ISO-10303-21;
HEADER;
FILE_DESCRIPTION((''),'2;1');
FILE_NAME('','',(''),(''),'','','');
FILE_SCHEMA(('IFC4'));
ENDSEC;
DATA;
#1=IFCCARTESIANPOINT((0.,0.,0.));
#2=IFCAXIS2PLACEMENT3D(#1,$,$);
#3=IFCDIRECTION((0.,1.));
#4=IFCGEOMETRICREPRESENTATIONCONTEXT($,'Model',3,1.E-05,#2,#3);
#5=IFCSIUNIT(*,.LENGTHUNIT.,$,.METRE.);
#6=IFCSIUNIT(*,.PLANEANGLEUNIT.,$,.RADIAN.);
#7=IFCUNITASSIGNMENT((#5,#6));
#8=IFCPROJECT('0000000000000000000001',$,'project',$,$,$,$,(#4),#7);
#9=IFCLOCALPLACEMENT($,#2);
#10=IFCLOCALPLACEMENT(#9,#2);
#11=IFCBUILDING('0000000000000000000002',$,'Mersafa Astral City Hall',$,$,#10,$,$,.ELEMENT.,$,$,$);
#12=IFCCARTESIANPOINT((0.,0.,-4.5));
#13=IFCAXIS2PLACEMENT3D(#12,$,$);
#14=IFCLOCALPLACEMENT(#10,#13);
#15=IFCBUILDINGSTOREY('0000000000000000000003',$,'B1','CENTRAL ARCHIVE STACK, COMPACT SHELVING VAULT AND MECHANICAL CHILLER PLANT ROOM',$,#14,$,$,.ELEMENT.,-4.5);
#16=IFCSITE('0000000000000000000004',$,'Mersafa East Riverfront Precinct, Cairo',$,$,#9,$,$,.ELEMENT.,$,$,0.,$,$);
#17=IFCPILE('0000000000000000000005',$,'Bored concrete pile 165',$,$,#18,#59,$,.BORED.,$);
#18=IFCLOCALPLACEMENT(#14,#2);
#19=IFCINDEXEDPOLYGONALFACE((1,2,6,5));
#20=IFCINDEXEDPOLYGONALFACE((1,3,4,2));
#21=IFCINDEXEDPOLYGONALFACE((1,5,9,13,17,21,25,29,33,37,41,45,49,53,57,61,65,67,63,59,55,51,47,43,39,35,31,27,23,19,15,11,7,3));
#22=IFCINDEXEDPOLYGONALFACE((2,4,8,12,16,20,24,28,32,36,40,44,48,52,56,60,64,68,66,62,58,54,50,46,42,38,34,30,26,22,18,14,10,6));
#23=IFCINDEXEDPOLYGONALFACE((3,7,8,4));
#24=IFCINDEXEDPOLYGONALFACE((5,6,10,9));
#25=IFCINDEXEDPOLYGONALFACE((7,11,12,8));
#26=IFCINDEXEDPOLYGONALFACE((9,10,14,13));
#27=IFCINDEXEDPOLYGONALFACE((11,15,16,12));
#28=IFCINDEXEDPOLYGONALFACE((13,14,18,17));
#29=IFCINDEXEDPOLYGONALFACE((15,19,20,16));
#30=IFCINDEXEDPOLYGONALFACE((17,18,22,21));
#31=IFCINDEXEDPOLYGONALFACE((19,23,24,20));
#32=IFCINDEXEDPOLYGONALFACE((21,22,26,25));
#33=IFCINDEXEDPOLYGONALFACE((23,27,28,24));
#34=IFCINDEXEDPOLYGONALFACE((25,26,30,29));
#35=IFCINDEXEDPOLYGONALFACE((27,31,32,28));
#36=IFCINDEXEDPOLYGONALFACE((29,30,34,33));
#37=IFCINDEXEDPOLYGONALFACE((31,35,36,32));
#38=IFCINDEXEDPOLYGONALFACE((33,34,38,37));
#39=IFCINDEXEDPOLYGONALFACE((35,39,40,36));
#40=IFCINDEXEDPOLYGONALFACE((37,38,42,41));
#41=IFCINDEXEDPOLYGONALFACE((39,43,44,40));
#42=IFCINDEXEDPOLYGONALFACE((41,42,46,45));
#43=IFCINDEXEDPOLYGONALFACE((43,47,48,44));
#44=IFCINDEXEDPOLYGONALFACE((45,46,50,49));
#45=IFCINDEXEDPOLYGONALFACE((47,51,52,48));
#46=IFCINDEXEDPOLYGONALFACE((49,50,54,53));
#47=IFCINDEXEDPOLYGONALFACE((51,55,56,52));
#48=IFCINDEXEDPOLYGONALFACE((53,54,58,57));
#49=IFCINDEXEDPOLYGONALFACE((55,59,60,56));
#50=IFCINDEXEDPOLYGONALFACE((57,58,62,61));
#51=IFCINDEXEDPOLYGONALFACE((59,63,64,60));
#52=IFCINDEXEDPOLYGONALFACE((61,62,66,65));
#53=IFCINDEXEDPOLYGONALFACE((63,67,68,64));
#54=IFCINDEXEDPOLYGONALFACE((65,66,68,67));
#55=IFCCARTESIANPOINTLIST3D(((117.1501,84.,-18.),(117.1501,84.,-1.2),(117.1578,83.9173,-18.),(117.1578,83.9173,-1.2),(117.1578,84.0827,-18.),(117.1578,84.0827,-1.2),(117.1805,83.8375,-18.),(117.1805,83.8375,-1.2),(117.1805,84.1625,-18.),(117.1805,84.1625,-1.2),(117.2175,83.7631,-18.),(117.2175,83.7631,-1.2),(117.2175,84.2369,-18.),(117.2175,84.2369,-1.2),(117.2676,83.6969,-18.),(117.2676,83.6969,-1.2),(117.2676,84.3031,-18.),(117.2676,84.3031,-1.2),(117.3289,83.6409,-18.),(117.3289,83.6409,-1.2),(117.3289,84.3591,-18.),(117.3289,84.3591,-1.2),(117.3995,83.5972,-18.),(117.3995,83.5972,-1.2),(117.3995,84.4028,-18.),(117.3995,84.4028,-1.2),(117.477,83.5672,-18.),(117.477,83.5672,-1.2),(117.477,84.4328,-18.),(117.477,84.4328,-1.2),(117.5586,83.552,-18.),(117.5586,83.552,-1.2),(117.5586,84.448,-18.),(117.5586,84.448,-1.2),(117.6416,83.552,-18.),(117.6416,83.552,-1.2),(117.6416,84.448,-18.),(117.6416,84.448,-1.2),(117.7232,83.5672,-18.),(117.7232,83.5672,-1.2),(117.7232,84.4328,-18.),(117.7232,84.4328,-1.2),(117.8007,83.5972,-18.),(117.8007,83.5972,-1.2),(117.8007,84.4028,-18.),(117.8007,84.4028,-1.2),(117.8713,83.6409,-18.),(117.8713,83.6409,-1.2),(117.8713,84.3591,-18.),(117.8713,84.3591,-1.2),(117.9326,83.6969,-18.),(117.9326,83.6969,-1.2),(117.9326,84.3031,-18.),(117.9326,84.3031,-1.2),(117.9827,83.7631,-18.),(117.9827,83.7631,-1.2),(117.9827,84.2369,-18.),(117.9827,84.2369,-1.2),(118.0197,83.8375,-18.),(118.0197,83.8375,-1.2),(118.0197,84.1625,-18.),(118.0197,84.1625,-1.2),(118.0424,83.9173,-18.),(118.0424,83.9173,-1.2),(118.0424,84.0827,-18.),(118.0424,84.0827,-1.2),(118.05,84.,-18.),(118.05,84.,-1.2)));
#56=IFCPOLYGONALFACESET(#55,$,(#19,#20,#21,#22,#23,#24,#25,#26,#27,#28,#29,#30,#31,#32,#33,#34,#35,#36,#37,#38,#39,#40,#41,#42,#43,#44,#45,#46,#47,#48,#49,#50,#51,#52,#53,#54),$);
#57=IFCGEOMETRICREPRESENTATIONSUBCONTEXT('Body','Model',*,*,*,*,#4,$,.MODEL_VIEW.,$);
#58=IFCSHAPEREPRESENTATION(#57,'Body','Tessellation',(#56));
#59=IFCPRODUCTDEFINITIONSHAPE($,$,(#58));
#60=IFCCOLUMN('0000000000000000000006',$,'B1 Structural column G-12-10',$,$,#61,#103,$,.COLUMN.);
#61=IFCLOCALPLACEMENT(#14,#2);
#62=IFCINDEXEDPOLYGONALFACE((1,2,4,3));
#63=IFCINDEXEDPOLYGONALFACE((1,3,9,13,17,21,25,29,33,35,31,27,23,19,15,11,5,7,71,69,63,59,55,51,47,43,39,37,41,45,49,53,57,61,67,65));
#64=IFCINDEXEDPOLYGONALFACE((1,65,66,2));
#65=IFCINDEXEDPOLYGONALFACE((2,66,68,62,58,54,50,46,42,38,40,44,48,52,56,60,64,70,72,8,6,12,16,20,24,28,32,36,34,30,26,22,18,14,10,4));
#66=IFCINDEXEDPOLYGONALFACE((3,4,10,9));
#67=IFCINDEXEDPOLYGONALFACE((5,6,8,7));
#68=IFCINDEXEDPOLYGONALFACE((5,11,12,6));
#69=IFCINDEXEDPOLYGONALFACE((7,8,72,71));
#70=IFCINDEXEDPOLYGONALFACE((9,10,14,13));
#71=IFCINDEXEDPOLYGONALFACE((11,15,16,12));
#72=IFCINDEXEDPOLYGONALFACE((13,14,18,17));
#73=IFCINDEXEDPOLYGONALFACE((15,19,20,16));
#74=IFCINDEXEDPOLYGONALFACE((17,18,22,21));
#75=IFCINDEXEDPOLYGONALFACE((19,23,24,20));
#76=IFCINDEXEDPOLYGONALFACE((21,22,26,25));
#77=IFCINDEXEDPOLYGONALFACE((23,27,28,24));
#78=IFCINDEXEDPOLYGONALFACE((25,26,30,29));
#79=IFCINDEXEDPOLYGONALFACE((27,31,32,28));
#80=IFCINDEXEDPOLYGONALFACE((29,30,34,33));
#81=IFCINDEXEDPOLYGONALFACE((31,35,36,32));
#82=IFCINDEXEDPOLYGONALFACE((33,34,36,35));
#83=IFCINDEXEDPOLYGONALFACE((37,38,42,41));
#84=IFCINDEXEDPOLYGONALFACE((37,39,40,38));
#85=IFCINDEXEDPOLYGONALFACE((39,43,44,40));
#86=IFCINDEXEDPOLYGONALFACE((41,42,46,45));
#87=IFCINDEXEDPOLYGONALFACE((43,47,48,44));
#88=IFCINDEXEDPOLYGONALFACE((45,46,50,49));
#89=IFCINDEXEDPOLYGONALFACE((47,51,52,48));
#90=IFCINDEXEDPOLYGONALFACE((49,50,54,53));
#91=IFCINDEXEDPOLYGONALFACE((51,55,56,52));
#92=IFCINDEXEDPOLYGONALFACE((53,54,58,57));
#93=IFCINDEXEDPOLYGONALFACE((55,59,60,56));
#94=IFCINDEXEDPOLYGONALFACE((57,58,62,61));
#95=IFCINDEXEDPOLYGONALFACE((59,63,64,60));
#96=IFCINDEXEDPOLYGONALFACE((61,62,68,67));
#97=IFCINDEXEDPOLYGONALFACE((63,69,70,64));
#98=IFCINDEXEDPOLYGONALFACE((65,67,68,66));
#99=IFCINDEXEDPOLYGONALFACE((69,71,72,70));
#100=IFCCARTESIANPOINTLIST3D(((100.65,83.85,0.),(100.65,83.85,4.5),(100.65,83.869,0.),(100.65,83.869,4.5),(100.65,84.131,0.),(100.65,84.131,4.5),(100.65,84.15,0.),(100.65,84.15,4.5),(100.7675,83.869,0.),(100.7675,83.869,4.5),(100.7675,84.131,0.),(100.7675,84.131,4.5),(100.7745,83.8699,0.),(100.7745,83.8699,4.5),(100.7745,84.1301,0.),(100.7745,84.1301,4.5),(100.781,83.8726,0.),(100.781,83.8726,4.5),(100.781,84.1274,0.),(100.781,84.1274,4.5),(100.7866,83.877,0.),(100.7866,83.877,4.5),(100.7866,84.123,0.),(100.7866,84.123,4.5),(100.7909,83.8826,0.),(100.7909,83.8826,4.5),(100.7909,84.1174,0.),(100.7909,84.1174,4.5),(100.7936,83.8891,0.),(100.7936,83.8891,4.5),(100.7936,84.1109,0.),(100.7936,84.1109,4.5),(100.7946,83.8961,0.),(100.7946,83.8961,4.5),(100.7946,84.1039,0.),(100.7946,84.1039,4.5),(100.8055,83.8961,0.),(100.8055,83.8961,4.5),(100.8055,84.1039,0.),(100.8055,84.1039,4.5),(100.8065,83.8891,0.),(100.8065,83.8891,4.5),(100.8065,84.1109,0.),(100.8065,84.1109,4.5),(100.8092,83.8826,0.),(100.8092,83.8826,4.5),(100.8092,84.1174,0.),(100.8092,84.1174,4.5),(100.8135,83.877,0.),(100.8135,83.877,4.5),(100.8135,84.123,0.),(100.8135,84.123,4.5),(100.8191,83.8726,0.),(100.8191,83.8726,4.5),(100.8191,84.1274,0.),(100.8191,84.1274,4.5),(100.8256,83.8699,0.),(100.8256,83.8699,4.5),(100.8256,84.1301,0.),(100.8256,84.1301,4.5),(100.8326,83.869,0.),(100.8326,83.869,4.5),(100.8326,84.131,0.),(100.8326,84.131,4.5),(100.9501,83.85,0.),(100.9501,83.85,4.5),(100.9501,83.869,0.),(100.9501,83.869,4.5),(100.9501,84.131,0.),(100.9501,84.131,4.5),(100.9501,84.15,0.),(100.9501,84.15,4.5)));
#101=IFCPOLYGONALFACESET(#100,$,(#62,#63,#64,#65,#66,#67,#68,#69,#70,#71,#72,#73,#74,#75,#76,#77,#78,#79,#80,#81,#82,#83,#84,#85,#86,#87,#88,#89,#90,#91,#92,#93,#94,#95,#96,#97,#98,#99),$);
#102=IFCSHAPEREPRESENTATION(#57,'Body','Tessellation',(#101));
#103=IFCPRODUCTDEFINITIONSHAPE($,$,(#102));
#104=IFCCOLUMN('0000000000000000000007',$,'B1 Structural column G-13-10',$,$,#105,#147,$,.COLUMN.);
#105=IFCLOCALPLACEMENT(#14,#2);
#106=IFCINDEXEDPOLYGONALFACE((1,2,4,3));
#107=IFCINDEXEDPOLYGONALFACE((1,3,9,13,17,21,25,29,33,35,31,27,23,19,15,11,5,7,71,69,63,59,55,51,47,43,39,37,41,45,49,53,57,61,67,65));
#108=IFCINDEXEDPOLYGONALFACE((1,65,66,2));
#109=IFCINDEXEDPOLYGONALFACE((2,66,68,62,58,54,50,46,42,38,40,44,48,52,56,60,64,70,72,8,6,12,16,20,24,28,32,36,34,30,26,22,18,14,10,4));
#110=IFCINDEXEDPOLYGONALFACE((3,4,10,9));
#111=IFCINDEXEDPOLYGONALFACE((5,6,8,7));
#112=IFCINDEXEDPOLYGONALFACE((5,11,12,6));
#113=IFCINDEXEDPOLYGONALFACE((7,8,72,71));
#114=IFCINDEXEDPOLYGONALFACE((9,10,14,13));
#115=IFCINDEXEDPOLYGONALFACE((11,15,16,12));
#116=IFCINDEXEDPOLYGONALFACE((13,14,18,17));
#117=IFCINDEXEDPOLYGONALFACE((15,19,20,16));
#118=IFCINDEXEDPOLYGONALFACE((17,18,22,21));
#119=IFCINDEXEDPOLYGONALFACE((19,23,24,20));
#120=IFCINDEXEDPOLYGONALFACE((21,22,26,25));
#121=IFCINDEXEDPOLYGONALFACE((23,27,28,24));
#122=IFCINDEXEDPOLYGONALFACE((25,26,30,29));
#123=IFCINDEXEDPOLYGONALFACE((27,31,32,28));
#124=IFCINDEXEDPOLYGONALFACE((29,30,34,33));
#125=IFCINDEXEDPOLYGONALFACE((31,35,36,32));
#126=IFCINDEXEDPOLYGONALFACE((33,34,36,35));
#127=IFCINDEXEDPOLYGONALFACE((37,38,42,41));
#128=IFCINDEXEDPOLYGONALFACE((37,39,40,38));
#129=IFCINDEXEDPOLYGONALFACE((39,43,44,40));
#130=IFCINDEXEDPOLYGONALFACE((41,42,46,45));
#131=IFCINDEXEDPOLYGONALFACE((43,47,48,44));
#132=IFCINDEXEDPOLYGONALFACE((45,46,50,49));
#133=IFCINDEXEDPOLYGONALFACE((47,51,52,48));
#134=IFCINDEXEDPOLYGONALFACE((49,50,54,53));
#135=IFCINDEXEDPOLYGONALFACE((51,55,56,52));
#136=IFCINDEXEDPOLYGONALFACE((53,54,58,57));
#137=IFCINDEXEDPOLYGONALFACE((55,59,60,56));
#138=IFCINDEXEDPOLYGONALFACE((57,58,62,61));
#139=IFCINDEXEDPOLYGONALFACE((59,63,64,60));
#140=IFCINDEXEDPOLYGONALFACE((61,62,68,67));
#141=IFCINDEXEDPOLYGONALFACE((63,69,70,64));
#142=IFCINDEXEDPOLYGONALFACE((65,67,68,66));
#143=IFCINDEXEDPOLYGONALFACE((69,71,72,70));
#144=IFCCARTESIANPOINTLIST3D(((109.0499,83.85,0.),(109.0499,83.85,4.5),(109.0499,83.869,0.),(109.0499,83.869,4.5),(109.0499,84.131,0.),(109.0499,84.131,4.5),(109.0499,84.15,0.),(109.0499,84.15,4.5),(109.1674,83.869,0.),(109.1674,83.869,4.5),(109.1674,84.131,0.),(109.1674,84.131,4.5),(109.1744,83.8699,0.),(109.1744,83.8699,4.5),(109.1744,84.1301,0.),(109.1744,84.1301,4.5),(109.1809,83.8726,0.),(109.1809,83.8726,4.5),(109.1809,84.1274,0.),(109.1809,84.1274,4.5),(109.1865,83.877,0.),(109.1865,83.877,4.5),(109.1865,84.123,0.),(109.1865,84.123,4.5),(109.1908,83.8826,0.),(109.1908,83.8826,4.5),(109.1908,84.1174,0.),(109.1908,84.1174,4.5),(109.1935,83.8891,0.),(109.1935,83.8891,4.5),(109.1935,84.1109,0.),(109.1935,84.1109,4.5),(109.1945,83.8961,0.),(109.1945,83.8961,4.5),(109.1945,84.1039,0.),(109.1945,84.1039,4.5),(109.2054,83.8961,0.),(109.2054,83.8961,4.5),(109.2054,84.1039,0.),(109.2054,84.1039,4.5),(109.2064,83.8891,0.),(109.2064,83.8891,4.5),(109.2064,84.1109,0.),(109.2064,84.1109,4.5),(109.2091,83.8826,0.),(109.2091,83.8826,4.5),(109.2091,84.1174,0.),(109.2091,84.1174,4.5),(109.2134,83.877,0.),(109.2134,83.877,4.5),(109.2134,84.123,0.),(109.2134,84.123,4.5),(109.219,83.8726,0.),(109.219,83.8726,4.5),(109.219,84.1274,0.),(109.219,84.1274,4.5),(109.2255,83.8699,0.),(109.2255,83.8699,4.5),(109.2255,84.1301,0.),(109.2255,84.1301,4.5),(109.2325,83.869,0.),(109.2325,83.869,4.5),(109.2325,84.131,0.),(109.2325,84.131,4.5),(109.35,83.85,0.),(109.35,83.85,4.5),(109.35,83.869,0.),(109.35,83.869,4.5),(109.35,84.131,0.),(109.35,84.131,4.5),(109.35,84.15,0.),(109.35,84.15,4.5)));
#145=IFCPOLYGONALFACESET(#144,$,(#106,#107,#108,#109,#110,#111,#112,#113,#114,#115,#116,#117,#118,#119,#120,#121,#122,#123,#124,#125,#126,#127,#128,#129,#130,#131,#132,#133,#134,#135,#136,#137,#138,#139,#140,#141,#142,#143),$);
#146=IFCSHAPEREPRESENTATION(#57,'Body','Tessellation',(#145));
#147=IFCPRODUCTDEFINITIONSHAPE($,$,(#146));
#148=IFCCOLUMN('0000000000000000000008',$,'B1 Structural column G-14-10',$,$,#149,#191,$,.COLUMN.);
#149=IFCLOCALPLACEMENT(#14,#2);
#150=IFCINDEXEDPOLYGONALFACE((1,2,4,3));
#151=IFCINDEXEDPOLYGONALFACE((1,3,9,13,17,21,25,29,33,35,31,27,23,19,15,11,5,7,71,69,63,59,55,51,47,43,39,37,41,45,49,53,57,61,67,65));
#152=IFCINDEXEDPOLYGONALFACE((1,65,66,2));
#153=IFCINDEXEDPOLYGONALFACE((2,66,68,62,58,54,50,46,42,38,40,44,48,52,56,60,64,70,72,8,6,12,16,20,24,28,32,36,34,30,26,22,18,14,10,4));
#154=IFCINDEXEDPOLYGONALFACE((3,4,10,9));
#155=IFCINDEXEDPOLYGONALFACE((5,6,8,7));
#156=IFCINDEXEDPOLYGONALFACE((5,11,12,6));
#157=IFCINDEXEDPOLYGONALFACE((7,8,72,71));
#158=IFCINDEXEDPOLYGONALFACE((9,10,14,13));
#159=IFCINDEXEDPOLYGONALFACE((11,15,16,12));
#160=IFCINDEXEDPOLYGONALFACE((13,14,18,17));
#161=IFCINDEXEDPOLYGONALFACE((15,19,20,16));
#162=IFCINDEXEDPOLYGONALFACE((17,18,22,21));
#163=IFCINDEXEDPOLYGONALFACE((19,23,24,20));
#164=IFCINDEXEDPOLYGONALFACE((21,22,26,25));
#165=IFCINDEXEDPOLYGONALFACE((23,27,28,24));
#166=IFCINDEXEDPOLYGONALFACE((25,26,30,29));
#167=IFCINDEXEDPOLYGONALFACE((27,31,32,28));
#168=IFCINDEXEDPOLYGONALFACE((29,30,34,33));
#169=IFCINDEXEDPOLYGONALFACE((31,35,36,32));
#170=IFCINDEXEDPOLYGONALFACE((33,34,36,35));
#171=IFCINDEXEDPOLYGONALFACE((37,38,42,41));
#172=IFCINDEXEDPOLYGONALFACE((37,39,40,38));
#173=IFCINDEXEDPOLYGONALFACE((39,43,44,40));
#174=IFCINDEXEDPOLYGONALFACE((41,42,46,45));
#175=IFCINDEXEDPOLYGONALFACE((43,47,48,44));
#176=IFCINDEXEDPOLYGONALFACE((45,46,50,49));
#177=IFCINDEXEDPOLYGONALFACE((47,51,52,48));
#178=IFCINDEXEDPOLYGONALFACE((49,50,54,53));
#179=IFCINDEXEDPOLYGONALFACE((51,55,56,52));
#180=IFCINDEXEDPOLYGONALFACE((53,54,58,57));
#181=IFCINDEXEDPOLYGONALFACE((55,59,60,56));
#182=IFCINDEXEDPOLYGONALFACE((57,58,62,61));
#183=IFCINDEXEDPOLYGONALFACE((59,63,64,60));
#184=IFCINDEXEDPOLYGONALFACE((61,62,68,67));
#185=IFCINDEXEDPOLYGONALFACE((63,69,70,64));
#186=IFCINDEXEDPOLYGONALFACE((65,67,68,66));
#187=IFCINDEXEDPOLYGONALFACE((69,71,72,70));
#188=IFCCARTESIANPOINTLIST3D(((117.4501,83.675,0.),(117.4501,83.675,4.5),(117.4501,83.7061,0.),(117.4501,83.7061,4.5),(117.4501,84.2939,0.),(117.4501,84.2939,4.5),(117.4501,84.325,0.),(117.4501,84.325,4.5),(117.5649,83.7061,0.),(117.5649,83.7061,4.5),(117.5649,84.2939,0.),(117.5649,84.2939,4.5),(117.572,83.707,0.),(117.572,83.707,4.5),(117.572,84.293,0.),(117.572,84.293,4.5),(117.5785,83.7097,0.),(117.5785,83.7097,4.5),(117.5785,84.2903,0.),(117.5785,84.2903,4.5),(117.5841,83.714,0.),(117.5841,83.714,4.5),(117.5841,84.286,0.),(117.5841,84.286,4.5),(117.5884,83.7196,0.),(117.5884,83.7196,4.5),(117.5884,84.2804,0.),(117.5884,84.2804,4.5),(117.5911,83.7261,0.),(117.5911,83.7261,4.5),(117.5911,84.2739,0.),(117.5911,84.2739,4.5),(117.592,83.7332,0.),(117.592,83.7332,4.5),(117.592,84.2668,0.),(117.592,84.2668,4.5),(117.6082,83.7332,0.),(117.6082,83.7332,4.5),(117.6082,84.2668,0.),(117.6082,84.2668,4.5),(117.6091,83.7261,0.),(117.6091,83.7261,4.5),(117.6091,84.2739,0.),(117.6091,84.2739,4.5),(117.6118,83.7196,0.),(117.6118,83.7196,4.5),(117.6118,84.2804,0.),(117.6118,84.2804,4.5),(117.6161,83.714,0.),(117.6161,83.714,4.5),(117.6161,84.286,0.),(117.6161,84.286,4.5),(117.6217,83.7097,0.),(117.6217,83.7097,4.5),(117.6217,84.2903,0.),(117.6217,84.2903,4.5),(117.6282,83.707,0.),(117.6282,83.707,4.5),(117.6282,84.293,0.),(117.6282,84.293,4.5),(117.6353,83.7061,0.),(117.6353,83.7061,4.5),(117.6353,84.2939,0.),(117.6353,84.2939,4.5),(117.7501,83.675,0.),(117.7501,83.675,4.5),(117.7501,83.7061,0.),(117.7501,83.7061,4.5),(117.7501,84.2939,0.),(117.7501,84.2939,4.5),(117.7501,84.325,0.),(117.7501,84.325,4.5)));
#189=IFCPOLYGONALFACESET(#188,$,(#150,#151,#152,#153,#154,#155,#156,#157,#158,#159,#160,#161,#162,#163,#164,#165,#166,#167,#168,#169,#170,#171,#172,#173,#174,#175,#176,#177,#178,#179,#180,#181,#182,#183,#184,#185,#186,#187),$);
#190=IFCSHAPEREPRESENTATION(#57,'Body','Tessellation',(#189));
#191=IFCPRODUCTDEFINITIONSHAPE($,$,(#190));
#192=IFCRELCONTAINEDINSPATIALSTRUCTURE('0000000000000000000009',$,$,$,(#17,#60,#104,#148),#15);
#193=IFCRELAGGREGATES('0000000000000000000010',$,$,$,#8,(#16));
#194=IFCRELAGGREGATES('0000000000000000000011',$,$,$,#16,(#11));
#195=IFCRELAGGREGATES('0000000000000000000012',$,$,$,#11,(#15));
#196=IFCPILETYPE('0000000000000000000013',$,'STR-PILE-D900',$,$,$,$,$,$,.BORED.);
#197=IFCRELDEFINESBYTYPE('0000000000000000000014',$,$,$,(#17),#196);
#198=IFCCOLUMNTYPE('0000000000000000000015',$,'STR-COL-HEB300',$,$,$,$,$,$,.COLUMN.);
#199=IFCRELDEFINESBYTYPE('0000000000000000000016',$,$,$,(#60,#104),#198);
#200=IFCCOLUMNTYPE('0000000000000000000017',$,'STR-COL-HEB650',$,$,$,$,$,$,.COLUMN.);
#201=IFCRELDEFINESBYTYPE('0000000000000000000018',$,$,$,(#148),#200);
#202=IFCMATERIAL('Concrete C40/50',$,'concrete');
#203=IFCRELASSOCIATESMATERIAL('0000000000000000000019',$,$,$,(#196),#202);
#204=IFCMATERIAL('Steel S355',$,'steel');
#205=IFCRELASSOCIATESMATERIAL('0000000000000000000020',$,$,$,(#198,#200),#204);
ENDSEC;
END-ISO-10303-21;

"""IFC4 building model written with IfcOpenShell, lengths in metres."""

from ifc_helpers import new_model, si_unit, direction, frame, origin, origin_2d, place, context, subcontext, project, spatial, circle, i_section, extrude, material, material_profile, profile_set, type_object, element, save


model = new_model("IFC4")

# Units and contexts
model_context = context("Model", 3, precision=1e-05, world=origin(), true_north=direction((0.0, 1.0)))
body_context = subcontext(model_context, "Body", "Model", "MODEL_VIEW")
ifc_project = project(units=[si_unit("LENGTHUNIT", "METRE"), si_unit("PLANEANGLEUNIT", "RADIAN")], contexts=[model_context])

# Site, building, storey
site_placement = place(None, origin())
site = spatial("IfcSite", under=ifc_project, at=site_placement, Name="Mersafa East Riverfront Precinct, Cairo", CompositionType="ELEMENT", RefElevation=0.0)
building_placement = place(site_placement, origin())
building = spatial("IfcBuilding", under=site, at=building_placement, Name="Mersafa Astral City Hall", CompositionType="ELEMENT")
storey_placement = place(building_placement, frame((0.0, 0.0, -4.5)))
storey = spatial("IfcBuildingStorey", under=building, at=storey_placement, Name="B1", Description="CENTRAL ARCHIVE STACK, COMPACT SHELVING VAULT AND MECHANICAL CHILLER PLANT ROOM", CompositionType="ELEMENT", Elevation=-4.5)

# Shared definitions
ifc_material_1 = material(Name="Concrete C40/50", Category="concrete")

# Pile
ifc_material_profile_1 = material_profile(ifc_material_1, circle(Radius=0.45, at=origin_2d()), Name="PILE D900")
ifc_profile_set_1 = profile_set([ifc_material_profile_1], Name="Concrete C40/50")
pile_type_1 = type_object("IfcPileType", Name="STR-PILE-D900", PredefinedType="BORED", material=ifc_profile_set_1)
pile_1_placement = place(storey_placement, frame((117.6001, 84.0, -1.2), z_axis=(0.0, 0.0, -1.0), x_axis=(1.0, 0.0, 0.0)))
element("IfcPile", 1, at=pile_1_placement, inside=storey, type_object=pile_type_1, Name="Bored concrete pile 165", PredefinedType="BORED", context=body_context, shape_type="SweptSolid", body=[
    extrude(circle(Radius=0.45, at=origin_2d()), origin(), (0.0, 0.0, 1.0), 16.8),
])

# Columns
ifc_material_2 = material(Name="Steel S355", Category="steel")
ifc_material_profile_2 = material_profile(ifc_material_2, i_section(OverallWidth=0.3, OverallDepth=0.3, WebThickness=0.011, FlangeThickness=0.019, FilletRadius=0.0271, at=origin_2d()), Name="HEB 300")
ifc_profile_set_2 = profile_set([ifc_material_profile_2], Name="Steel S355")
column_type_1 = type_object("IfcColumnType", Name="STR-COL-HEB300", PredefinedType="COLUMN", material=ifc_profile_set_2)
for number, where, z_axis, x_axis, name in (
    (2, (100.8, 84.0, 0.0), (0.0, 0.0, 1.0), (1.0, 0.0, 0.0), "B1 Structural column G-12-10"),
    (3, (109.2, 84.0, 0.0), (0.0, 0.0, 1.0), (1.0, 0.0, 0.0), "B1 Structural column G-13-10"),
):
    element("IfcColumn", number, at=place(storey_placement, frame(where, z_axis=z_axis, x_axis=x_axis)), inside=storey, type_object=column_type_1, Name=name, PredefinedType="COLUMN", context=body_context, shape_type="SweptSolid", body=[
        extrude(i_section(OverallWidth=0.3, OverallDepth=0.3, WebThickness=0.011, FlangeThickness=0.019, FilletRadius=0.0271, at=origin_2d()), origin(), (0.0, 0.0, 1.0), 4.5),
    ])
ifc_material_profile_3 = material_profile(ifc_material_2, i_section(OverallWidth=0.3, OverallDepth=0.6499, WebThickness=0.0161, FlangeThickness=0.031, FilletRadius=0.0271, at=origin_2d()), Name="HEB 650")
ifc_profile_set_3 = profile_set([ifc_material_profile_3], Name="Steel S355")
column_type_2 = type_object("IfcColumnType", Name="STR-COL-HEB650", PredefinedType="COLUMN", material=ifc_profile_set_3)
column_placement = place(storey_placement, frame((117.6001, 84.0, 0.0), z_axis=(0.0, 0.0, 1.0), x_axis=(1.0, 0.0, 0.0)))
element("IfcColumn", 4, at=column_placement, inside=storey, type_object=column_type_2, Name="B1 Structural column G-14-10", PredefinedType="COLUMN", context=body_context, shape_type="SweptSolid", body=[
    extrude(i_section(OverallWidth=0.3, OverallDepth=0.6499, WebThickness=0.0161, FlangeThickness=0.031, FilletRadius=0.0271, at=origin_2d()), origin(), (0.0, 0.0, 1.0), 4.5),
])

save(model, "model.ifc")
